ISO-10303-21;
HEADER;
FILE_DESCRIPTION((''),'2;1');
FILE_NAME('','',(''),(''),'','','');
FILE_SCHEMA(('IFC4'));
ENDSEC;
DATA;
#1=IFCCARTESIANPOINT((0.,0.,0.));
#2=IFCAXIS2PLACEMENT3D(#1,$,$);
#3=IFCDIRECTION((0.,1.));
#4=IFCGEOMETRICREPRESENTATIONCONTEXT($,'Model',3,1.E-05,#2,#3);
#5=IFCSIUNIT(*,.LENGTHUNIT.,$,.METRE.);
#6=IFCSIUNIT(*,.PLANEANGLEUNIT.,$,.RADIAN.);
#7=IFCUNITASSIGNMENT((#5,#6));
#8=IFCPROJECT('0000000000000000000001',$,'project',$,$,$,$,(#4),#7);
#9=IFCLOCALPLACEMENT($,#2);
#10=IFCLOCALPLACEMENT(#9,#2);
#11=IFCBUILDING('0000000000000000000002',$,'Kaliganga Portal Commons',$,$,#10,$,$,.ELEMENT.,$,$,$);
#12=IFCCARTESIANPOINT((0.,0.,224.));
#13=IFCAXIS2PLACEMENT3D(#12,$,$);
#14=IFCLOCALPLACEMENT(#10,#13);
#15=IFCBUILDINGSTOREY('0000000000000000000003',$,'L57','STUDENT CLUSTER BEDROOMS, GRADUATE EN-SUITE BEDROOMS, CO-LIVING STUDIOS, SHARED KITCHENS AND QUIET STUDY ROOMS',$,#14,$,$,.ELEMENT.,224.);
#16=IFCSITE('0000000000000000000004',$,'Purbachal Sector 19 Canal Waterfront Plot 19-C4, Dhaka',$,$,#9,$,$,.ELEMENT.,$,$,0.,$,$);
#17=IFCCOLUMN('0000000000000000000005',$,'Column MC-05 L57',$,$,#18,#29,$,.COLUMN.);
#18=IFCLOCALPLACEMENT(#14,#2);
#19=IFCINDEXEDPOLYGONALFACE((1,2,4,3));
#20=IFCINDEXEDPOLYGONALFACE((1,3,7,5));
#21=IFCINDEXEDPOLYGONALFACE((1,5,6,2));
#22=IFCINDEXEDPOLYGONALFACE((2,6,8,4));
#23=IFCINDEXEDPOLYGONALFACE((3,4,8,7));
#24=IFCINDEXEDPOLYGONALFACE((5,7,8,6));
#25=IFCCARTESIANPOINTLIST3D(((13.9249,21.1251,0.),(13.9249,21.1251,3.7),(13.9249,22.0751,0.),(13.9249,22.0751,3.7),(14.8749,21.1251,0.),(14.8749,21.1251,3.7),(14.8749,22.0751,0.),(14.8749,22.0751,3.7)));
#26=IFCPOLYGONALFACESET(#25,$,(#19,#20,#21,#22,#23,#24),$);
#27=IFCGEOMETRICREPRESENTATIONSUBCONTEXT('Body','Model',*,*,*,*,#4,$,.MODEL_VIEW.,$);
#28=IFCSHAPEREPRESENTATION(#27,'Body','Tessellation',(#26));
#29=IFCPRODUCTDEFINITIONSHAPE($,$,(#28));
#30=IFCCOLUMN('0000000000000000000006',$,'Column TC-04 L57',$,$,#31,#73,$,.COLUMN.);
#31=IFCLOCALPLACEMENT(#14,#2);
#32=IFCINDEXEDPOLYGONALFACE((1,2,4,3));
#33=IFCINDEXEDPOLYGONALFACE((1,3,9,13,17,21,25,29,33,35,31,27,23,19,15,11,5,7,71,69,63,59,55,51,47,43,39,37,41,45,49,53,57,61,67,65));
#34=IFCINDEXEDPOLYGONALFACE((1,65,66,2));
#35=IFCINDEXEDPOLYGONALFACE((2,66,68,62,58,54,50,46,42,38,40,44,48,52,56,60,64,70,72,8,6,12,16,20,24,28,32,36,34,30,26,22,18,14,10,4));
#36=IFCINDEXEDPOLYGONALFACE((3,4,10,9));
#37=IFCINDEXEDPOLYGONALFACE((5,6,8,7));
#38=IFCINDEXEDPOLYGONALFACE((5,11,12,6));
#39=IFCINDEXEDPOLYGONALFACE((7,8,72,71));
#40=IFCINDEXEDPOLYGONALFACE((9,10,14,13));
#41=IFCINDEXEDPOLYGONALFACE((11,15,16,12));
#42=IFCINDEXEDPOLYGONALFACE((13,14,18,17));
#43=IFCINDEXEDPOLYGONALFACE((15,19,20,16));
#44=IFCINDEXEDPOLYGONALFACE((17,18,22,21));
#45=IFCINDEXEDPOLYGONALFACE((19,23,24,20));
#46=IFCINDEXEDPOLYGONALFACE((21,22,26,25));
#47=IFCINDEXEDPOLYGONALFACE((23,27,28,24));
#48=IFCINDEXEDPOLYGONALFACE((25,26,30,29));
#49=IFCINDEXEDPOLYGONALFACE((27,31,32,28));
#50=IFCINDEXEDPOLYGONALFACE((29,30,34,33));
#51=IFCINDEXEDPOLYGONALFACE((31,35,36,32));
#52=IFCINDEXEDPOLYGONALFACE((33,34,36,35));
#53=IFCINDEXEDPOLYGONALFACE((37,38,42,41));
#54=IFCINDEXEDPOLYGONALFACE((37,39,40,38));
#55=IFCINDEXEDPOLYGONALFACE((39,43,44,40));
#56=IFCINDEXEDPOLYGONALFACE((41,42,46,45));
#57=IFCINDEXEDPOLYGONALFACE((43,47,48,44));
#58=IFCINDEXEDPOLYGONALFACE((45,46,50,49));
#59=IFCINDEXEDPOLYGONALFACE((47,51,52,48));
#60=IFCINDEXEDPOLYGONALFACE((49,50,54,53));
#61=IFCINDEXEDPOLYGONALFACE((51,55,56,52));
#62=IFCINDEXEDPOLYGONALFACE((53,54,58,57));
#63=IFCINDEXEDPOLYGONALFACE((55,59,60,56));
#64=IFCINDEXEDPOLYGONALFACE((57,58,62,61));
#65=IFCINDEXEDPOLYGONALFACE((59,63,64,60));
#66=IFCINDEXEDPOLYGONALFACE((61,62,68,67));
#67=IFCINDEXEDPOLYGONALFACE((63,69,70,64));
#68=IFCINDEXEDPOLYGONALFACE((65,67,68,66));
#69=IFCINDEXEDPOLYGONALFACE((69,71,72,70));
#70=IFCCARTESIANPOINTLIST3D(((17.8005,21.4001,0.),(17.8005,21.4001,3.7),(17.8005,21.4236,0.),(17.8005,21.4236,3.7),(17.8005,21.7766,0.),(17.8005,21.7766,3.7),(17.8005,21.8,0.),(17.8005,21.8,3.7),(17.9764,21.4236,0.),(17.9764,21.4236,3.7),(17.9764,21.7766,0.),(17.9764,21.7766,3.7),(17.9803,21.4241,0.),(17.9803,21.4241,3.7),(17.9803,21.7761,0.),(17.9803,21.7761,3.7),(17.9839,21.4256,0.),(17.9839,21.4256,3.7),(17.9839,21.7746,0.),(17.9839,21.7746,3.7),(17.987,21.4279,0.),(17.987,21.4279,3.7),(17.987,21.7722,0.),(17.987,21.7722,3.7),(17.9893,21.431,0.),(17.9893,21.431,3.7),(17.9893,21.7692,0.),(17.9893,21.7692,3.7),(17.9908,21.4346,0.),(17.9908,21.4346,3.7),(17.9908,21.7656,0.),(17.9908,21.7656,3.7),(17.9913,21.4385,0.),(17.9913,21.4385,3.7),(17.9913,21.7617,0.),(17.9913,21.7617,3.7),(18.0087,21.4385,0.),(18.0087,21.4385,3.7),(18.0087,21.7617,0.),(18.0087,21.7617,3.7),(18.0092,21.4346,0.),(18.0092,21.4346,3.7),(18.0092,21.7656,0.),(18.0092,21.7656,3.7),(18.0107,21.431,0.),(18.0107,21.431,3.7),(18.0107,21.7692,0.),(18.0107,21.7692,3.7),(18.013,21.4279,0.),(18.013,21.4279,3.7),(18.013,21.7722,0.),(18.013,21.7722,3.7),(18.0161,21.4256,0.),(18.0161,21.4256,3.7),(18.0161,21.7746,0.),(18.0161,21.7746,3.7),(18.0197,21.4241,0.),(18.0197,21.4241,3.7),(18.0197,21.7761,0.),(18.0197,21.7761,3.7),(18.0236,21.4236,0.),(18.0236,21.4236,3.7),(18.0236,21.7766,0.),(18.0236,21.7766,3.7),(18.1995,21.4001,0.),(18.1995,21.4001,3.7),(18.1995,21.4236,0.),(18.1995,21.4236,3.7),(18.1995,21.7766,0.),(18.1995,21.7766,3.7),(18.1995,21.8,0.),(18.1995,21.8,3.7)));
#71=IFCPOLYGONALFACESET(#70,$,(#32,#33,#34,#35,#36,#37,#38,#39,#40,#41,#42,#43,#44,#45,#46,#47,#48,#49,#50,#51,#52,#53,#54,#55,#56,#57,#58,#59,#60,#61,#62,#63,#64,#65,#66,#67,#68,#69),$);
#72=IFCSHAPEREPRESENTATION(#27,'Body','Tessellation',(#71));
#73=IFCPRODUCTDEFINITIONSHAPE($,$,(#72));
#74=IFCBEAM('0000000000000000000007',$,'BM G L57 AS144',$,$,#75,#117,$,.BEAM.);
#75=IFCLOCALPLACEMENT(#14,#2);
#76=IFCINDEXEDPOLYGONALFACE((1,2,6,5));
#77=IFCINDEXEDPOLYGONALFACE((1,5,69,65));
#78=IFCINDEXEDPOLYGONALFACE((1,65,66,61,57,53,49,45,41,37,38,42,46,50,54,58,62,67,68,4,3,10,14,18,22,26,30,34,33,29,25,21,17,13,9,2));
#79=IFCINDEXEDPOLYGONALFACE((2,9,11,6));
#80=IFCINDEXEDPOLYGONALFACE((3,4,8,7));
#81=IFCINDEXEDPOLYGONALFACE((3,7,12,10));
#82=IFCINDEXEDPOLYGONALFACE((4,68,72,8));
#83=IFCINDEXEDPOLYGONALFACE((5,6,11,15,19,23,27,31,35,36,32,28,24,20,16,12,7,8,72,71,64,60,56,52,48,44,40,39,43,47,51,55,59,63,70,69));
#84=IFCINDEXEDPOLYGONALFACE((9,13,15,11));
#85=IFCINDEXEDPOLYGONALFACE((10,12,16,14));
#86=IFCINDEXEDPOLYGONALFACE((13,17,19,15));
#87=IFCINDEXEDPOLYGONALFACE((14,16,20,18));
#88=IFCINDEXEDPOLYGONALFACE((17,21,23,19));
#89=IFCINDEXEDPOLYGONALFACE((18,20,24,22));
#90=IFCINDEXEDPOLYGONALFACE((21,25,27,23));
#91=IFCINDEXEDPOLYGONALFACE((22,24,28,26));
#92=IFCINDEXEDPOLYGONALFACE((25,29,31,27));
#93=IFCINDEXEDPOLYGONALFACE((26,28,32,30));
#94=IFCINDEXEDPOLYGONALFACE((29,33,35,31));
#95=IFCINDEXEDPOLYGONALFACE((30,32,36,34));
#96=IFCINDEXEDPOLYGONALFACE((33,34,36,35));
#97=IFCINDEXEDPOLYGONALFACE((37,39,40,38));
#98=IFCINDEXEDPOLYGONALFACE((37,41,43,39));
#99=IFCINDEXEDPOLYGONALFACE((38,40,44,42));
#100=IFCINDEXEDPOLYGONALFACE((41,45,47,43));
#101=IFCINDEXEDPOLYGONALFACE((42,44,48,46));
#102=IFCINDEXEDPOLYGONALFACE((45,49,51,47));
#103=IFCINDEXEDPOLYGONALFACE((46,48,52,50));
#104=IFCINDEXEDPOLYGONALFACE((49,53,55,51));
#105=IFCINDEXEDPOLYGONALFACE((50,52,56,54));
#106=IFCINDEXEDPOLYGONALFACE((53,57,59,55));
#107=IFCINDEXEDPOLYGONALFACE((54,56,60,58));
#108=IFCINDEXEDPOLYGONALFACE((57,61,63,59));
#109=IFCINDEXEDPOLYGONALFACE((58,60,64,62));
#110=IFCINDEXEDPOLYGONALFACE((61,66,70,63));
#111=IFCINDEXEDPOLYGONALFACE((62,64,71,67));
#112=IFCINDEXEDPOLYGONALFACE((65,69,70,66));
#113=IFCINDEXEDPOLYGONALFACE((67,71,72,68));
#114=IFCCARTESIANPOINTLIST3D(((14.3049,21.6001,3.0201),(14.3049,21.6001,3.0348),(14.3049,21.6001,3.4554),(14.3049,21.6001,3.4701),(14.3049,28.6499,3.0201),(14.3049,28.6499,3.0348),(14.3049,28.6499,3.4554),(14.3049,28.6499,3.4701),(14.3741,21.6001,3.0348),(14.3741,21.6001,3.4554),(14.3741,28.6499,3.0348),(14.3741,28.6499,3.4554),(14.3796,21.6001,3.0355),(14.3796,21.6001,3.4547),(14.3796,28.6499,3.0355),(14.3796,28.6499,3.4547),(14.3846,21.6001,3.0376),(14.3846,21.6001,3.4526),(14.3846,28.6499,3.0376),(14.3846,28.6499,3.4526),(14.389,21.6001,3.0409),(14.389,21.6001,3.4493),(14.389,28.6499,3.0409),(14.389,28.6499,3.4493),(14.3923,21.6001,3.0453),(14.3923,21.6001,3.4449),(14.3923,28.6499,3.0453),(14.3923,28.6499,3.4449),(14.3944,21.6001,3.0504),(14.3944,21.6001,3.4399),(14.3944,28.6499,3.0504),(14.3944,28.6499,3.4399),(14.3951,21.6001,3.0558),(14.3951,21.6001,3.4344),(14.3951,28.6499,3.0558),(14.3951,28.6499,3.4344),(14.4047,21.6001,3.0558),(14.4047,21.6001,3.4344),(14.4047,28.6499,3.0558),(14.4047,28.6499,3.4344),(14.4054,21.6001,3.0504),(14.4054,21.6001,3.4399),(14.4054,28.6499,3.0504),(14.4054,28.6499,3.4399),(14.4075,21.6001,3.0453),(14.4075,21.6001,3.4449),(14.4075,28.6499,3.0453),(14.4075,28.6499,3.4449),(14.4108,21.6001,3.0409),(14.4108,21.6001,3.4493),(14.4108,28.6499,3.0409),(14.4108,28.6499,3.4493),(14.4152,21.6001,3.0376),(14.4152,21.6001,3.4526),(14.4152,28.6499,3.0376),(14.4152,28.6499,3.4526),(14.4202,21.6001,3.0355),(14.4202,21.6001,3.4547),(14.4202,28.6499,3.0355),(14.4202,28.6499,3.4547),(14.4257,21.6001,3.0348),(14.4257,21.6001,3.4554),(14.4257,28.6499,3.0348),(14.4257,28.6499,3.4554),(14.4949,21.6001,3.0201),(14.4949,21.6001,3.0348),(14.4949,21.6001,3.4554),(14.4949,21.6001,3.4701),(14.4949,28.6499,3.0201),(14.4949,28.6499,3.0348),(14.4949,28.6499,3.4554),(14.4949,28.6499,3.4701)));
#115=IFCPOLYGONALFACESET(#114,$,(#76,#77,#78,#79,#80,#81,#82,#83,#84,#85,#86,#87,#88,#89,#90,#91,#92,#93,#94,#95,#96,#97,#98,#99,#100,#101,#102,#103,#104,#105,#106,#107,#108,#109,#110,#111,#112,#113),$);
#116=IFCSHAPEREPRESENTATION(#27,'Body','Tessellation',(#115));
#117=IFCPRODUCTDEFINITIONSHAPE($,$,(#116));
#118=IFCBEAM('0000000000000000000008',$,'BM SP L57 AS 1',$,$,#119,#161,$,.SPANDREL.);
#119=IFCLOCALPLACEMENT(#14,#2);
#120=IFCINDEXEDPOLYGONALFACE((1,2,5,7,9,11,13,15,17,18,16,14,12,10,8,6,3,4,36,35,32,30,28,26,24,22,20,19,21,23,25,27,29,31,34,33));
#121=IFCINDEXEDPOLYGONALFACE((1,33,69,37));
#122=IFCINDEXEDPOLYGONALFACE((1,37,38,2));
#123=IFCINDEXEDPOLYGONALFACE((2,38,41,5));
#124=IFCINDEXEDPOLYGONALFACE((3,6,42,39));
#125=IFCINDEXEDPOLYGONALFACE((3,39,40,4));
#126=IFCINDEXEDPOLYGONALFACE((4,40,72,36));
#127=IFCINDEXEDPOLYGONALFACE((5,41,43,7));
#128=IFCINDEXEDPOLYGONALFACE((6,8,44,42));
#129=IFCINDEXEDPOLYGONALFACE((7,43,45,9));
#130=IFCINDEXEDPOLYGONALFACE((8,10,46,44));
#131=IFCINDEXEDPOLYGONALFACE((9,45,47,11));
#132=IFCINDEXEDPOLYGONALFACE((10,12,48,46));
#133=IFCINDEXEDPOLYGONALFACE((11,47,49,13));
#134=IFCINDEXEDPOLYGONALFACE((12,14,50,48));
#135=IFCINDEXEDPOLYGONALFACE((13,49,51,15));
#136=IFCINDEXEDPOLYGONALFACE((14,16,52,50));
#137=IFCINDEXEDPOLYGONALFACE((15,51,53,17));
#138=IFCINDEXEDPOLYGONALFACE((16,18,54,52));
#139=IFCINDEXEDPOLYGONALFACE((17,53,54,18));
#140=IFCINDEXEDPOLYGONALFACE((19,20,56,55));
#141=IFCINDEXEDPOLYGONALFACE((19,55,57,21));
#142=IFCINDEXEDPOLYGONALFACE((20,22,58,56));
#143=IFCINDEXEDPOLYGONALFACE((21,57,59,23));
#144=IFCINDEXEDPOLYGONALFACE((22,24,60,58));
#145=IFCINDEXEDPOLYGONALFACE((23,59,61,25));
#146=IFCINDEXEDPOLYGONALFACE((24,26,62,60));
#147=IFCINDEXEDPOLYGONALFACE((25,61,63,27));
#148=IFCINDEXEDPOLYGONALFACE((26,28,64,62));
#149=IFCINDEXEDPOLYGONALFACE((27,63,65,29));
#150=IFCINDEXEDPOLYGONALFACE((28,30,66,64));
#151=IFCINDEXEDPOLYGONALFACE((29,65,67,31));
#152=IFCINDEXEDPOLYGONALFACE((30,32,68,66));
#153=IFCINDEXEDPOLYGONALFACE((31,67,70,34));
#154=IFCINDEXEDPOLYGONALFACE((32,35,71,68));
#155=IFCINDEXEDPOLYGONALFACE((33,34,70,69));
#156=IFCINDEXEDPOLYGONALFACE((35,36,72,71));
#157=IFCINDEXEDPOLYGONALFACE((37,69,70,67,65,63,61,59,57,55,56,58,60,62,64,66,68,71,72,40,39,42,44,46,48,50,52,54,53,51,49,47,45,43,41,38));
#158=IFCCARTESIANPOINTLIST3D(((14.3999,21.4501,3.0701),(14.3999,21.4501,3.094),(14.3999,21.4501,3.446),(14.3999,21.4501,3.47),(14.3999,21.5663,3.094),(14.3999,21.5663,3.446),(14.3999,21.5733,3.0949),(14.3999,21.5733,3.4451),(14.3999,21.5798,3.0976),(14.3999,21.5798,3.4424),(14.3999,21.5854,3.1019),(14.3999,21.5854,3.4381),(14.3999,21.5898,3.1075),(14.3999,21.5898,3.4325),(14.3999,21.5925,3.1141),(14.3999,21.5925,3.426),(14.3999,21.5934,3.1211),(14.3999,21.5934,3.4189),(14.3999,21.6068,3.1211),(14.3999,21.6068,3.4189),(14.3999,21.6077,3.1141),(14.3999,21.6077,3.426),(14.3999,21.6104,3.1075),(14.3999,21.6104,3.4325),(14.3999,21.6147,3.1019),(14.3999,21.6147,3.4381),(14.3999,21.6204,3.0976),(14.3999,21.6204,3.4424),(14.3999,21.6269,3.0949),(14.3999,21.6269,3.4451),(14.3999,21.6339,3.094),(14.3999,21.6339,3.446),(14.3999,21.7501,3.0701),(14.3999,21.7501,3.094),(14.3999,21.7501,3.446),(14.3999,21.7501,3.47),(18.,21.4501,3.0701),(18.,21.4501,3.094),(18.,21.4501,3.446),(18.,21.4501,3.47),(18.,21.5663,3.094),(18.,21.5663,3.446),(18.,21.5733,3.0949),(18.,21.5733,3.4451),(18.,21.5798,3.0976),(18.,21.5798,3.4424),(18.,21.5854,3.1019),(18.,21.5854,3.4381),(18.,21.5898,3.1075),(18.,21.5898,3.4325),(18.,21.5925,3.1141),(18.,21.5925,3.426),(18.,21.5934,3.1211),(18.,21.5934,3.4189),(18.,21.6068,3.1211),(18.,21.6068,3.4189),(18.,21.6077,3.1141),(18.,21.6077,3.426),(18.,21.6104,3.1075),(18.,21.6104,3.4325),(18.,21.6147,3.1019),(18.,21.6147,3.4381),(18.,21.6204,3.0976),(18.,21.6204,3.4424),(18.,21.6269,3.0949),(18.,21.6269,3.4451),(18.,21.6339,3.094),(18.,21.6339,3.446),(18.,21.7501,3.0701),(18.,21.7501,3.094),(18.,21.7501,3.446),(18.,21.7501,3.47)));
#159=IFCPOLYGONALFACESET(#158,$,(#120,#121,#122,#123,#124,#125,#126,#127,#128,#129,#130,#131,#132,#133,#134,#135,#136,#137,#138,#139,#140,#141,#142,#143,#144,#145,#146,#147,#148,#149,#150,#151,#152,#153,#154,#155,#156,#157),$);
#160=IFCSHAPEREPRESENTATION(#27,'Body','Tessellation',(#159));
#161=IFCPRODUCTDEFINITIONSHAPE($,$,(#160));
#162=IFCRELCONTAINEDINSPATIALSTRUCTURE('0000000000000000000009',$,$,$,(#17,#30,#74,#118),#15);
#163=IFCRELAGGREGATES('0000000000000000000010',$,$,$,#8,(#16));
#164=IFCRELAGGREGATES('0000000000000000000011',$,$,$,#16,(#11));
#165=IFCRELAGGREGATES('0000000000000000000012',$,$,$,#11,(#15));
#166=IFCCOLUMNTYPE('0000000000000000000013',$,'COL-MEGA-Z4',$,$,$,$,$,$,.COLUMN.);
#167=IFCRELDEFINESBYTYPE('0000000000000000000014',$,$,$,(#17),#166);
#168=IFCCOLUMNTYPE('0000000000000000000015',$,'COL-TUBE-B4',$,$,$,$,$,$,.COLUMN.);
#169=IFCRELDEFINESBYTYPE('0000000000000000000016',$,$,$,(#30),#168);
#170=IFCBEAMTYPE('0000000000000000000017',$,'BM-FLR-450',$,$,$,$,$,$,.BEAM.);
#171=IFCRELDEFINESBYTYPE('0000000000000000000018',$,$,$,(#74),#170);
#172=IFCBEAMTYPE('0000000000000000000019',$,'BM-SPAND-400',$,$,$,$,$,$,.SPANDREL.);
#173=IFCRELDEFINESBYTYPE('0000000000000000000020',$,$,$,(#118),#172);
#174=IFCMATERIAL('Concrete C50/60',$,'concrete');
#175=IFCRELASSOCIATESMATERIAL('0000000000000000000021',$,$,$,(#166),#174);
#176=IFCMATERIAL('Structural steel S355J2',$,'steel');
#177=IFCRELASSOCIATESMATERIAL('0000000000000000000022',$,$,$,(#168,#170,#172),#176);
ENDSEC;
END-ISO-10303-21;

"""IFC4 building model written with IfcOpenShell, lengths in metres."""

from ifc_helpers import new_model, si_unit, direction, frame, origin, origin_2d, place, context, subcontext, project, spatial, rectangle, i_section, extrude, source, transform, mapped, material, material_profile, profile_set, type_object, element, save


model = new_model("IFC4")

# Units and contexts
model_context = context("Model", 3, precision=1e-05, world=origin(), true_north=direction((0.0, 1.0)))
body_context = subcontext(model_context, "Body", "Model", "MODEL_VIEW")
ifc_project = project(units=[si_unit("LENGTHUNIT", "METRE"), si_unit("PLANEANGLEUNIT", "RADIAN")], contexts=[model_context])

# Site, building, storey
site_placement = place(None, origin())
site = spatial("IfcSite", under=ifc_project, at=site_placement, Name="Purbachal Sector 19 Canal Waterfront Plot 19-C4, Dhaka", CompositionType="ELEMENT", RefElevation=0.0)
building_placement = place(site_placement, origin())
building = spatial("IfcBuilding", under=site, at=building_placement, Name="Kaliganga Portal Commons", CompositionType="ELEMENT")
storey_placement = place(building_placement, frame((0.0, 0.0, 224.0)))
storey = spatial("IfcBuildingStorey", under=building, at=storey_placement, Name="L57", Description="STUDENT CLUSTER BEDROOMS, GRADUATE EN-SUITE BEDROOMS, CO-LIVING STUDIOS, SHARED KITCHENS AND QUIET STUDY ROOMS", CompositionType="ELEMENT", Elevation=224.0)

# Columns
ifc_material_1 = material(Name="Concrete C50/60", Category="concrete")
ifc_material_profile_1 = material_profile(ifc_material_1, rectangle(XDim=0.95, YDim=0.95, at=origin_2d()), Name="RC 950x950")
ifc_profile_set_1 = profile_set([ifc_material_profile_1], Name="Concrete C50/60")
column_type_1 = type_object("IfcColumnType", Name="COL-MEGA-Z4", PredefinedType="COLUMN", material=ifc_profile_set_1)
shared_shape_1 = source(origin(), body_context, "Body", "SweptSolid", [
    extrude(rectangle(XDim=0.95, YDim=0.95, at=origin_2d()), origin(), (0.0, 0.0, 1.0), 3.7),
])
column_1_placement = place(storey_placement, frame((14.3999, 21.6001, 0.0), z_axis=(0.0, 0.0, 1.0), x_axis=(1.0, 0.0, 0.0)))
element("IfcColumn", 1, at=column_1_placement, inside=storey, type_object=column_type_1, Name="Column MC-05 L57", PredefinedType="COLUMN", context=body_context, shape_type="MappedRepresentation", body=[
    mapped(shared_shape_1, transform((0.0, 0.0, 0.0), x_axis=(1.0, 0.0, 0.0), y_axis=(0.0, 1.0, 0.0), z_axis=(0.0, 0.0, 1.0), scale=1.0)),
])
ifc_material_2 = material(Name="Structural steel S355J2", Category="steel")
ifc_material_profile_2 = material_profile(ifc_material_2, i_section(OverallWidth=0.3989, OverallDepth=0.3999, WebThickness=0.0173, FlangeThickness=0.0234, FilletRadius=0.0149, at=origin_2d()), Name="HD 400x287")
ifc_profile_set_2 = profile_set([ifc_material_profile_2], Name="Structural steel S355J2 wide-flange")
column_type_2 = type_object("IfcColumnType", Name="COL-TUBE-B4", PredefinedType="COLUMN", material=ifc_profile_set_2)
shared_shape_2 = source(origin(), body_context, "Body", "SweptSolid", [
    extrude(i_section(OverallWidth=0.3989, OverallDepth=0.3999, WebThickness=0.0173, FlangeThickness=0.0234, FilletRadius=0.0149, at=origin_2d()), origin(), (0.0, 0.0, 1.0), 3.7),
])
column_2_placement = place(storey_placement, frame((18.0, 21.6001, 0.0), z_axis=(0.0, 0.0, 1.0), x_axis=(1.0, 0.0, 0.0)))
element("IfcColumn", 2, at=column_2_placement, inside=storey, type_object=column_type_2, Name="Column TC-04 L57", PredefinedType="COLUMN", context=body_context, shape_type="MappedRepresentation", body=[
    mapped(shared_shape_2, transform((0.0, 0.0, 0.0), x_axis=(1.0, 0.0, 0.0), y_axis=(0.0, 1.0, 0.0), z_axis=(0.0, 0.0, 1.0), scale=1.0)),
])

# Beams
ifc_material_profile_3 = material_profile(ifc_material_2, i_section(OverallWidth=0.1899, OverallDepth=0.45, WebThickness=0.0095, FlangeThickness=0.0146, FilletRadius=0.021, at=origin_2d()), Name="IPE 450")
ifc_profile_set_3 = profile_set([ifc_material_profile_3], Name="Structural steel S355J2 wide-flange")
beam_type_1 = type_object("IfcBeamType", Name="BM-FLR-450", PredefinedType="BEAM", material=ifc_profile_set_3)
shared_shape_3 = source(origin(), body_context, "Body", "SweptSolid", [
    extrude(i_section(OverallWidth=0.1899, OverallDepth=0.45, WebThickness=0.0095, FlangeThickness=0.0146, FilletRadius=0.021, at=origin_2d()), origin(), (0.0, 0.0, 1.0), 7.0498),
])
beam_1_placement = place(storey_placement, frame((14.3999, 21.6001, 3.2451), z_axis=(0.0, 1.0, 0.0), x_axis=(-1.0, 0.0, 0.0)))
element("IfcBeam", 3, at=beam_1_placement, inside=storey, type_object=beam_type_1, Name="BM G L57 AS144", PredefinedType="BEAM", context=body_context, shape_type="MappedRepresentation", body=[
    mapped(shared_shape_3, transform((0.0, 0.0, 0.0), x_axis=(1.0, 0.0, 0.0), y_axis=(0.0, 1.0, 0.0), z_axis=(0.0, 0.0, 1.0), scale=1.0)),
])
ifc_material_profile_4 = material_profile(ifc_material_2, i_section(OverallWidth=0.3, OverallDepth=0.3999, WebThickness=0.0134, FlangeThickness=0.0239, FilletRadius=0.0271, at=origin_2d()), Name="HE 400 B")
ifc_profile_set_4 = profile_set([ifc_material_profile_4], Name="Structural steel S355J2 wide-flange")
beam_type_2 = type_object("IfcBeamType", Name="BM-SPAND-400", PredefinedType="SPANDREL", material=ifc_profile_set_4)
shared_shape_4 = source(origin(), body_context, "Body", "SweptSolid", [
    extrude(i_section(OverallWidth=0.3, OverallDepth=0.3999, WebThickness=0.0134, FlangeThickness=0.0239, FilletRadius=0.0271, at=origin_2d()), origin(), (0.0, 0.0, 1.0), 3.6001),
])
for number, where, z_axis, x_axis, name in (
    (4, (14.3999, 21.6001, 3.27), (1.0, 0.0, 0.0), (0.0, 1.0, 0.0), "BM SP L57 AS 1"),
):
    element("IfcBeam", number, at=place(storey_placement, frame(where, z_axis=z_axis, x_axis=x_axis)), inside=storey, type_object=beam_type_2, Name=name, PredefinedType="SPANDREL", context=body_context, shape_type="MappedRepresentation", body=[
        mapped(shared_shape_4, transform((0.0, 0.0, 0.0), x_axis=(1.0, 0.0, 0.0), y_axis=(0.0, 1.0, 0.0), z_axis=(0.0, 0.0, 1.0), scale=1.0)),
    ])

save(model, "model.ifc")
